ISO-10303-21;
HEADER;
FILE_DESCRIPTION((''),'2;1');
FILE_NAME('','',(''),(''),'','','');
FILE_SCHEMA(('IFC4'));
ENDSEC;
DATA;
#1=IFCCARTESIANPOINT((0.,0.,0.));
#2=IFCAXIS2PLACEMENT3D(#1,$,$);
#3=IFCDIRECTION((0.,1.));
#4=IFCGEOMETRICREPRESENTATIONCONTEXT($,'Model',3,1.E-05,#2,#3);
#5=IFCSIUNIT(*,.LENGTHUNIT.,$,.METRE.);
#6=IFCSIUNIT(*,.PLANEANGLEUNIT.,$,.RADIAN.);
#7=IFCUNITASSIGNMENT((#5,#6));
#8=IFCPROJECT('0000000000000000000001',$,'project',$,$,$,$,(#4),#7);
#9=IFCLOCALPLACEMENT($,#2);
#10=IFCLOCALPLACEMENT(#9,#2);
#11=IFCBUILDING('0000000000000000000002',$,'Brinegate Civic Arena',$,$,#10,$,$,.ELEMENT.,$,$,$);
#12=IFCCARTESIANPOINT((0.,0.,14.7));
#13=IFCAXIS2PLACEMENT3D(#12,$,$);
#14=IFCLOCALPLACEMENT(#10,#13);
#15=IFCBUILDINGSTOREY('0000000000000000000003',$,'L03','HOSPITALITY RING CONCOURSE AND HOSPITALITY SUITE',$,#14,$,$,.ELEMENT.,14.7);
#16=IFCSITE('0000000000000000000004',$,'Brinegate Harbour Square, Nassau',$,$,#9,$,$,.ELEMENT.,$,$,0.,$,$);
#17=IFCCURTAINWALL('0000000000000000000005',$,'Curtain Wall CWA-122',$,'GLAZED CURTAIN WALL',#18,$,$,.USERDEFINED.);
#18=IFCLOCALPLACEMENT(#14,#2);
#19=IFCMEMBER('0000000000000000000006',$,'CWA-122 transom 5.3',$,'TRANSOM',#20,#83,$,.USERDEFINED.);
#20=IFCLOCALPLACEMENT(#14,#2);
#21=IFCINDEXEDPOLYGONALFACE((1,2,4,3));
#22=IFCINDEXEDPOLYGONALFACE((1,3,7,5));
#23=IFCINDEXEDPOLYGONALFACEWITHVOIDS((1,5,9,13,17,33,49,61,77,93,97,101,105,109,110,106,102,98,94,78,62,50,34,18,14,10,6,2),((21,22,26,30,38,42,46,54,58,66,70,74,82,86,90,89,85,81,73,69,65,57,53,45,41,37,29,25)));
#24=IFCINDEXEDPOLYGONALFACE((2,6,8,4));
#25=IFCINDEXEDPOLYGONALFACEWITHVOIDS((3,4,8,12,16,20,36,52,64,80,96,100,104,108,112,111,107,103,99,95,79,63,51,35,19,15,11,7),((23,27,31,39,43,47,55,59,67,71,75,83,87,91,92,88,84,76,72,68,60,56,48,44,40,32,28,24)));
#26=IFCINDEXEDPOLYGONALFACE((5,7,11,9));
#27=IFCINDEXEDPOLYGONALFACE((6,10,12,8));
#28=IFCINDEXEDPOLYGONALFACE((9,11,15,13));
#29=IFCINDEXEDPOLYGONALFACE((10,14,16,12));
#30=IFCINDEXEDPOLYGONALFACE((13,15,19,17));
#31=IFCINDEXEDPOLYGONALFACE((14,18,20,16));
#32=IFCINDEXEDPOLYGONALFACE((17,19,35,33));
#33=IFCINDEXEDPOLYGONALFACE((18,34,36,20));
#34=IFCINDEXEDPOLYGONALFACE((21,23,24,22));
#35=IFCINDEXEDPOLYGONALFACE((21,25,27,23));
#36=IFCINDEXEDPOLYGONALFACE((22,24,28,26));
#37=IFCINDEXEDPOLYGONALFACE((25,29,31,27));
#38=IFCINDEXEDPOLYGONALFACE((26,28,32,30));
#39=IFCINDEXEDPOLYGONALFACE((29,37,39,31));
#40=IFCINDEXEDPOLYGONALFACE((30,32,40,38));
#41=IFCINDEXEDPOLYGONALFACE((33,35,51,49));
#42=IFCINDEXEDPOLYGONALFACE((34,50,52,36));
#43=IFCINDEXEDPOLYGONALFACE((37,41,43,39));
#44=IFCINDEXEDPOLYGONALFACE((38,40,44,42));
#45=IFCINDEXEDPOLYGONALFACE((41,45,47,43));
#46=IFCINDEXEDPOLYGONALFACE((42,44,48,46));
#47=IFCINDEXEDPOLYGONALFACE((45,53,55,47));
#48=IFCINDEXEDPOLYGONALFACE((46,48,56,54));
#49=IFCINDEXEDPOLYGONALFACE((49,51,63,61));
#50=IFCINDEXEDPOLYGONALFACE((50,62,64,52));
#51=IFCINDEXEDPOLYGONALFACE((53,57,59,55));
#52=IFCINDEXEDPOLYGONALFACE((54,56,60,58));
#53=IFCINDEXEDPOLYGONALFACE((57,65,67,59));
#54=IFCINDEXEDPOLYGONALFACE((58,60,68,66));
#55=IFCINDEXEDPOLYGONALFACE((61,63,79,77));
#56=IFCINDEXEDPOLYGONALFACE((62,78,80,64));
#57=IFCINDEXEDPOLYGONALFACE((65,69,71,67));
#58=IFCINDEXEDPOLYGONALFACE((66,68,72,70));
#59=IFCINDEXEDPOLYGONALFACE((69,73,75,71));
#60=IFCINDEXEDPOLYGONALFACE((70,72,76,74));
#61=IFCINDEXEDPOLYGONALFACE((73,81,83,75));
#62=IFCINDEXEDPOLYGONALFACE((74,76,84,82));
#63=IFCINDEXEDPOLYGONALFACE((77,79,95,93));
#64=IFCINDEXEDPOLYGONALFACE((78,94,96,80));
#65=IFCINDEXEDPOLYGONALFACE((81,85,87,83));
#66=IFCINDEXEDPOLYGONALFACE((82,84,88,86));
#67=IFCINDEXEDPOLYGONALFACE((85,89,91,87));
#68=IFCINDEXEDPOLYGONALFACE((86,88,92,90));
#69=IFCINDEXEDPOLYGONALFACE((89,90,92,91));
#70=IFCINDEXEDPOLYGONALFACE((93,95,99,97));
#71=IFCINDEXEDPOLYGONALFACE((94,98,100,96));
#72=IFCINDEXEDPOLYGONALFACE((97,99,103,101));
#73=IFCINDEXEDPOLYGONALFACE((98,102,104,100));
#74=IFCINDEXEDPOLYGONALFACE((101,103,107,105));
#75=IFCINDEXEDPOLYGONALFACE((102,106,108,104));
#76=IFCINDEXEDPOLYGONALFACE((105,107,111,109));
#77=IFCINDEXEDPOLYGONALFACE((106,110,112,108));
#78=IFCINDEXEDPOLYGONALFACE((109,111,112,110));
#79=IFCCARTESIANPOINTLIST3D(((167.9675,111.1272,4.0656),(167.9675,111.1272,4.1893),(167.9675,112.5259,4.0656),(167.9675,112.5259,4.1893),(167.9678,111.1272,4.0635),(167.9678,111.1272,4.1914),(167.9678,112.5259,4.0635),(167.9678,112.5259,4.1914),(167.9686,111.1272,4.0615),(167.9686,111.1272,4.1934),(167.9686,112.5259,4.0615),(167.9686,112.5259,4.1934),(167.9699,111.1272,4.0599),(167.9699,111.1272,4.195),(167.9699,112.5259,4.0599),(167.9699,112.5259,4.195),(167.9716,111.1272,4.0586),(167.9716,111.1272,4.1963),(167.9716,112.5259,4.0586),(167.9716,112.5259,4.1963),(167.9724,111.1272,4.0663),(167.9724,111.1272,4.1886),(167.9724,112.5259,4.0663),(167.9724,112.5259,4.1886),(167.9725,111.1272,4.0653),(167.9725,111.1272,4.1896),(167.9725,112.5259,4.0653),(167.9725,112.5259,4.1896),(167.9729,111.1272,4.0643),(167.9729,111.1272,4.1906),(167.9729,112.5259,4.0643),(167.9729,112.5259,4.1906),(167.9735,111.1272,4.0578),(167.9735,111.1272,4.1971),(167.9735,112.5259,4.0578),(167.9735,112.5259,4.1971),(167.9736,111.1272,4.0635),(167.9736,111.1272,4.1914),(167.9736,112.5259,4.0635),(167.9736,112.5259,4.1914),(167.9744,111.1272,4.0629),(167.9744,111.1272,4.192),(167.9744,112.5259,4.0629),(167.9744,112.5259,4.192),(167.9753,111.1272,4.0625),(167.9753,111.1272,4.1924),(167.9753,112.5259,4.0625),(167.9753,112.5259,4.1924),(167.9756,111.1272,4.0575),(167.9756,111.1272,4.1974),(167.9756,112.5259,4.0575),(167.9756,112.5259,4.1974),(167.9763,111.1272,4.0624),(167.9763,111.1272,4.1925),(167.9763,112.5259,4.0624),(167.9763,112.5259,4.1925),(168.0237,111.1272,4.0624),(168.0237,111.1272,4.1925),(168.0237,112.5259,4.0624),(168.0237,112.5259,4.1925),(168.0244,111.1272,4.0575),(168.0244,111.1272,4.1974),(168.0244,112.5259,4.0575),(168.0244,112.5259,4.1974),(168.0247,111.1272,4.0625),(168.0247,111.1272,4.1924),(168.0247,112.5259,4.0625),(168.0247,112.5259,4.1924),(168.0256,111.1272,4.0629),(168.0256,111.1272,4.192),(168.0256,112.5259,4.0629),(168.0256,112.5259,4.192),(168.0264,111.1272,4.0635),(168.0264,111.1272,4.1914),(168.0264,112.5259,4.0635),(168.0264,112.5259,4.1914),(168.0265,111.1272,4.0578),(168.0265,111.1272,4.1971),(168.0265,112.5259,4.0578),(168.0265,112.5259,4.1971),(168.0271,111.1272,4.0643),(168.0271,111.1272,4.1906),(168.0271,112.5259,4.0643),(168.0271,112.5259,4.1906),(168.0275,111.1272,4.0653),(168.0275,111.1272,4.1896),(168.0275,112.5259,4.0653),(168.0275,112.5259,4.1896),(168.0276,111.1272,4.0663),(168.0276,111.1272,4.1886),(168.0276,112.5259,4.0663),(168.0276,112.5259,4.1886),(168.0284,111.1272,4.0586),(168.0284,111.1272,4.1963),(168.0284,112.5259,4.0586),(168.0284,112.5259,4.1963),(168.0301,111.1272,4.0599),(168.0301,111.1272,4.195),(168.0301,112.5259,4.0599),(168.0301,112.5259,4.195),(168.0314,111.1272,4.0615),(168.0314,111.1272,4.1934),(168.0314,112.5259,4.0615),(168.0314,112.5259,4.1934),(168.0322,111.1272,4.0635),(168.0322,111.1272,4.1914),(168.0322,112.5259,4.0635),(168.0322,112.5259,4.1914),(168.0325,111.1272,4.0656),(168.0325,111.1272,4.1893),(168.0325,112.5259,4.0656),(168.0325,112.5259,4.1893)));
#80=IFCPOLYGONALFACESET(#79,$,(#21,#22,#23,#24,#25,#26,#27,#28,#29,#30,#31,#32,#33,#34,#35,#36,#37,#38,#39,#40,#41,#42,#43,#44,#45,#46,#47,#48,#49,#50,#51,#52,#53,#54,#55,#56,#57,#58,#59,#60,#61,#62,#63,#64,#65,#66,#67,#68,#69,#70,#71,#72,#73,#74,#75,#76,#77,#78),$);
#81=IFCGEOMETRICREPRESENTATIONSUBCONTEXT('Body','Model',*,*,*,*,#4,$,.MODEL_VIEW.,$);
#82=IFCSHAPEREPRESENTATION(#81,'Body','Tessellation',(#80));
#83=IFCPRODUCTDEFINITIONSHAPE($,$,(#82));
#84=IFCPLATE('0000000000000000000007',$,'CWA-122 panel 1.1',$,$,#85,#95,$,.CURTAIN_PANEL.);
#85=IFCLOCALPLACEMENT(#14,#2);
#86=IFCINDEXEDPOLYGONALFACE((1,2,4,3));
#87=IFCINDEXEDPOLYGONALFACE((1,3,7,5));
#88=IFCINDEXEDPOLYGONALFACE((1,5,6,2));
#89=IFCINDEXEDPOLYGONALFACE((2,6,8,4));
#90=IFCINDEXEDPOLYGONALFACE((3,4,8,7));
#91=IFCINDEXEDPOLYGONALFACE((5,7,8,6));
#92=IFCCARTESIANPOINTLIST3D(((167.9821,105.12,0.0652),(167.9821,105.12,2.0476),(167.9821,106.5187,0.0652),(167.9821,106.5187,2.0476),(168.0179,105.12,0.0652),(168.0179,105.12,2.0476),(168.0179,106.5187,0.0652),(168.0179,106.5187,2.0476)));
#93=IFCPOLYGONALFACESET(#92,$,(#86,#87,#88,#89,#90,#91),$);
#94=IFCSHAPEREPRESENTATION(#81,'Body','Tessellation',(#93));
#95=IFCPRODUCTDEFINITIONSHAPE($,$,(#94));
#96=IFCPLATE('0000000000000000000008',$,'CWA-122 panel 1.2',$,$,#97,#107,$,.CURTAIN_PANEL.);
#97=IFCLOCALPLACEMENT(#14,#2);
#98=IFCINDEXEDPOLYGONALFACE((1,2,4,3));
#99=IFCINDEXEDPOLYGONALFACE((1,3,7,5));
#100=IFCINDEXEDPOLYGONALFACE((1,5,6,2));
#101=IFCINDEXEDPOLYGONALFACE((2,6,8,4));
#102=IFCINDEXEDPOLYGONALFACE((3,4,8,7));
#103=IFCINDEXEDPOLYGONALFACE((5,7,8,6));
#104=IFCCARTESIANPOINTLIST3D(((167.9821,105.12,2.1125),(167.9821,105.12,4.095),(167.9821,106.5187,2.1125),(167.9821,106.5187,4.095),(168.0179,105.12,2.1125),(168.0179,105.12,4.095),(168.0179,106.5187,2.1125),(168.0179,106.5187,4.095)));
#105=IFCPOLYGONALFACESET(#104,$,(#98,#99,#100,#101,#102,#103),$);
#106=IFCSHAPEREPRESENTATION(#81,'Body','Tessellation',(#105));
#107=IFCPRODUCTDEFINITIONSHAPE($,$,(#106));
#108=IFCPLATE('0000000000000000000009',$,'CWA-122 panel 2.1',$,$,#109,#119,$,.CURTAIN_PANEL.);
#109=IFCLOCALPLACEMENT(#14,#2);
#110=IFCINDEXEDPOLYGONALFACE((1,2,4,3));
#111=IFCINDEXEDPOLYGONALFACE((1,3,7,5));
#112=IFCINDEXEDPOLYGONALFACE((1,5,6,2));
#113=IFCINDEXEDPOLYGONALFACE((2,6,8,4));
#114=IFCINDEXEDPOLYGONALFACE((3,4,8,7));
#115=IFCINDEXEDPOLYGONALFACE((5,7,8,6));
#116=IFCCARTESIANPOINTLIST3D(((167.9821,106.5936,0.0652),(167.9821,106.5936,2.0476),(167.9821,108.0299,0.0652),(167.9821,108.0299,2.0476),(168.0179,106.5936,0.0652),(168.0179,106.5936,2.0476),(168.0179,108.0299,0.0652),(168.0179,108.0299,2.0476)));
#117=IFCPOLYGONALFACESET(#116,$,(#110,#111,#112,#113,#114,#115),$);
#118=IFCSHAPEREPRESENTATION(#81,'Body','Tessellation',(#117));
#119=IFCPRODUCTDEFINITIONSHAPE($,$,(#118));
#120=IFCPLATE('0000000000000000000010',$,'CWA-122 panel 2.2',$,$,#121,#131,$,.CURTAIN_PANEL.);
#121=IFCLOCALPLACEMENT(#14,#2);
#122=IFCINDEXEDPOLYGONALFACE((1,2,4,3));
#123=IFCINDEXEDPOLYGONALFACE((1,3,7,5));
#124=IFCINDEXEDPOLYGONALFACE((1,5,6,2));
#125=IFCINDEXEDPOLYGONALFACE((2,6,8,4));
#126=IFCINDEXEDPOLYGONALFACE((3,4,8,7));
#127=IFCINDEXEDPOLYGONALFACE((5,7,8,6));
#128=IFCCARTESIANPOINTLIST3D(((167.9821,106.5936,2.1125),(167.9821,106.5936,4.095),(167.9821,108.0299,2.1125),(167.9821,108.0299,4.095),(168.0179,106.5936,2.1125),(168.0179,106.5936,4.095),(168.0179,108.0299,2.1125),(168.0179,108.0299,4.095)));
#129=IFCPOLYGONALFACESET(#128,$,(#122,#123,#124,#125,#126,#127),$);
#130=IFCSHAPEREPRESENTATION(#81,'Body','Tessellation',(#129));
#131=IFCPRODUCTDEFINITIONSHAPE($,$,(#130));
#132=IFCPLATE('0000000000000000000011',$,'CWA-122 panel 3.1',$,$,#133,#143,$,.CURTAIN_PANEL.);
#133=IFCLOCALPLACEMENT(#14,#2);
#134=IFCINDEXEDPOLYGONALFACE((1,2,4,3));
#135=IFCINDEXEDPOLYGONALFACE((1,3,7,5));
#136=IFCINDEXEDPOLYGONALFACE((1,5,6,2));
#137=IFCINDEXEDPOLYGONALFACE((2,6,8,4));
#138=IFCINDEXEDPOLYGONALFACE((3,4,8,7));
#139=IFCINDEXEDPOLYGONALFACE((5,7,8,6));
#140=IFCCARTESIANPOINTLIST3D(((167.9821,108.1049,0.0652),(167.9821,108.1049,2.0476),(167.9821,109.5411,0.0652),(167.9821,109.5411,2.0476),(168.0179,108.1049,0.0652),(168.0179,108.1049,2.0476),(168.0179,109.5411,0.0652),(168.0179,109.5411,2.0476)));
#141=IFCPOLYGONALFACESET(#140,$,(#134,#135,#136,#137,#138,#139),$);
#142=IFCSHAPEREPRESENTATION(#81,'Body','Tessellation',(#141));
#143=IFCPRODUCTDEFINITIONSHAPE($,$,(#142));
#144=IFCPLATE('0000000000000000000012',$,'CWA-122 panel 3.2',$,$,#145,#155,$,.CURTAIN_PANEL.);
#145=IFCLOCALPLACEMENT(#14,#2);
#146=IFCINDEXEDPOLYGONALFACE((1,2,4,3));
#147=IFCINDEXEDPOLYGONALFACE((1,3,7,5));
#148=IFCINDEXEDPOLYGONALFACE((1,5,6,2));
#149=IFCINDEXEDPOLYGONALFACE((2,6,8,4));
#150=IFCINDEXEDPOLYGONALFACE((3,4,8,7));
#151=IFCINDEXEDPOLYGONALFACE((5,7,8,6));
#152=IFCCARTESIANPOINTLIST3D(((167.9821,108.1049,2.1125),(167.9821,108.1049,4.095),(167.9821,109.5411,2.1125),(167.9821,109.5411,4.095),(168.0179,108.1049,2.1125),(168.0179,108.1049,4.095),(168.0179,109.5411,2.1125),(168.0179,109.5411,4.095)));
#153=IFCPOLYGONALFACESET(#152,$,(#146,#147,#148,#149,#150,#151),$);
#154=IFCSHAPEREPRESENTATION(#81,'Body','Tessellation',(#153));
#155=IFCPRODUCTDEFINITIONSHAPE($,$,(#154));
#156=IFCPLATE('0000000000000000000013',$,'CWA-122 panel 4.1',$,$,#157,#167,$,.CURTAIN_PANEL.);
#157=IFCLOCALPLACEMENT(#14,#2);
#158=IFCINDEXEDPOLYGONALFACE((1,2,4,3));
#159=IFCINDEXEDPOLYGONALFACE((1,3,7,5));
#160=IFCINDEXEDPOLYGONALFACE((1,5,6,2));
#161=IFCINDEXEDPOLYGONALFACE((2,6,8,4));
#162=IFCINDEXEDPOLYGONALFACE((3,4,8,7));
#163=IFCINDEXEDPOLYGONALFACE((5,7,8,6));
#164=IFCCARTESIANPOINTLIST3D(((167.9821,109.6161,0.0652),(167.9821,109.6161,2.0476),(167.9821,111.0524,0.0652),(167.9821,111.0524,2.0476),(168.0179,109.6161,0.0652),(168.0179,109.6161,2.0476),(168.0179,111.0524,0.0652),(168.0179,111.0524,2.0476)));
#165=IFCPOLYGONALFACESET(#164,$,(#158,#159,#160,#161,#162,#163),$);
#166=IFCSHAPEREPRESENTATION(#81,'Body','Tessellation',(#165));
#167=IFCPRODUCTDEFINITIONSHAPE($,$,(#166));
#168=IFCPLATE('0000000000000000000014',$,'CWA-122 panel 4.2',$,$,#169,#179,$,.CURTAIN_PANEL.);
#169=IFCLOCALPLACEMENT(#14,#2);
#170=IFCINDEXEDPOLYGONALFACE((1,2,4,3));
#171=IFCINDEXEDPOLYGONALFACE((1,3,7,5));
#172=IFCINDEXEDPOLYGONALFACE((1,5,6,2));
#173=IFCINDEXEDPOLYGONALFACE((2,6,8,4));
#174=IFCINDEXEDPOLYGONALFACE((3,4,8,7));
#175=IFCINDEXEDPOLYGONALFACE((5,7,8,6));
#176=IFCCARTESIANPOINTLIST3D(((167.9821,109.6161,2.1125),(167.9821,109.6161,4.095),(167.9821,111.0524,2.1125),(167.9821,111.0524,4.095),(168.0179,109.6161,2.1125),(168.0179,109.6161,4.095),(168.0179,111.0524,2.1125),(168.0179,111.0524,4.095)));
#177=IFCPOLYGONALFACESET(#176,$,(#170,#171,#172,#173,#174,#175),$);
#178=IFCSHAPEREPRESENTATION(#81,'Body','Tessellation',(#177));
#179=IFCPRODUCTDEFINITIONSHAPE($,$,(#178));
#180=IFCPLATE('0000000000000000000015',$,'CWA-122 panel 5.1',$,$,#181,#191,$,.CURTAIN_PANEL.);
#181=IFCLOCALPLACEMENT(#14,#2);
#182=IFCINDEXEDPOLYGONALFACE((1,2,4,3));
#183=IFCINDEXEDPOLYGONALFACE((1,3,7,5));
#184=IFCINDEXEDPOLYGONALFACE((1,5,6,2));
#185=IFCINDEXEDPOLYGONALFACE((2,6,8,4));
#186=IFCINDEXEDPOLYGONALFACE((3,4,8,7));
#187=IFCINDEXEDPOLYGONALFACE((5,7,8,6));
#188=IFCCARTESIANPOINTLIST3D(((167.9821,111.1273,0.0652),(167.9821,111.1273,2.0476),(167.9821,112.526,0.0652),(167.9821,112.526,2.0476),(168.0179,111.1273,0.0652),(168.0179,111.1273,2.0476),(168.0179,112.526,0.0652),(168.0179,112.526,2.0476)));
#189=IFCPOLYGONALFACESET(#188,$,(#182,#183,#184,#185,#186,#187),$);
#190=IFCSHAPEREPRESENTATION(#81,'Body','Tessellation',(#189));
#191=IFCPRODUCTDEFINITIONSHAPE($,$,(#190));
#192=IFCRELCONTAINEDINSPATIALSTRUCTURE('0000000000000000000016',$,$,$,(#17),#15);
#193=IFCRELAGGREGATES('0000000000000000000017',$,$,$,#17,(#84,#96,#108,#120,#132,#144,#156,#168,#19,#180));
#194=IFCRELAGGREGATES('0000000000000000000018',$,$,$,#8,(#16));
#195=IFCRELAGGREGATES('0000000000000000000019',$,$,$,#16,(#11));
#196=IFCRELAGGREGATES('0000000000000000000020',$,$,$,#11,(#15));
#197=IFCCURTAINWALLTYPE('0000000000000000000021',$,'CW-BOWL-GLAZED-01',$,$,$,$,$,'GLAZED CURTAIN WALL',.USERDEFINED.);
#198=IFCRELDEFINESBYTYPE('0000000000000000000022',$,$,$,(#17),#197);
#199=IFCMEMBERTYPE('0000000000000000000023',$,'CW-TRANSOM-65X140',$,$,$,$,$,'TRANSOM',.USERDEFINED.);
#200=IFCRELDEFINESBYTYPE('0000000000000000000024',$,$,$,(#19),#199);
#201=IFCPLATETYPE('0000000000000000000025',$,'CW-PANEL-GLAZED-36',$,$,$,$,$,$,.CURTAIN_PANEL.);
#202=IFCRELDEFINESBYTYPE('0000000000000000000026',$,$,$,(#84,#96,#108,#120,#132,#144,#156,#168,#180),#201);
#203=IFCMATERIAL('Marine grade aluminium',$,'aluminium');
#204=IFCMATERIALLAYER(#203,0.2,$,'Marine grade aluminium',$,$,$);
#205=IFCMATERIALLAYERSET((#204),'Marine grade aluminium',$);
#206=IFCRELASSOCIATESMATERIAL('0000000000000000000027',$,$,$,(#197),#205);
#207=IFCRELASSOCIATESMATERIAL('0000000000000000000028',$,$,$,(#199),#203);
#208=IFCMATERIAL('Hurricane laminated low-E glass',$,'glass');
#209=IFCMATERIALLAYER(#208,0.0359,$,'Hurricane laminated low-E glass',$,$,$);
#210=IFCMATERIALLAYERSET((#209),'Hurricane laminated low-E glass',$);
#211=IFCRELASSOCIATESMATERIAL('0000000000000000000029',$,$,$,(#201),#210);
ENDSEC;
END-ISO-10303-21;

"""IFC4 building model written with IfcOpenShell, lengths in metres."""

from ifc_helpers import new_model, si_unit, direction, frame, origin, origin_2d, place, context, subcontext, project, spatial, rectangle, hollow_rectangle, extrude, material, layer, layer_set, material_profile, profile_set, type_object, element, aggregate, save


model = new_model("IFC4")

# Units and contexts
model_context = context("Model", 3, precision=1e-05, world=origin(), true_north=direction((0.0, 1.0)))
body_context = subcontext(model_context, "Body", "Model", "MODEL_VIEW")
ifc_project = project(units=[si_unit("LENGTHUNIT", "METRE"), si_unit("PLANEANGLEUNIT", "RADIAN")], contexts=[model_context])

# Site, building, storey
site_placement = place(None, origin())
site = spatial("IfcSite", under=ifc_project, at=site_placement, Name="Brinegate Harbour Square, Nassau", CompositionType="ELEMENT", RefElevation=0.0)
building_placement = place(site_placement, origin())
building = spatial("IfcBuilding", under=site, at=building_placement, Name="Brinegate Civic Arena", CompositionType="ELEMENT")
storey_placement = place(building_placement, frame((0.0, 0.0, 14.7)))
storey = spatial("IfcBuildingStorey", under=building, at=storey_placement, Name="L03", Description="HOSPITALITY RING CONCOURSE AND HOSPITALITY SUITE", CompositionType="ELEMENT", Elevation=14.7)

# Curtain wall, member, plates
ifc_material_1 = material(Name="Marine grade aluminium", Category="aluminium")
ifc_layer_1 = layer(ifc_material_1, 0.2, Name="Marine grade aluminium")
ifc_layer_set_1 = layer_set([ifc_layer_1], Name="Marine grade aluminium")
curtain_wall_type = type_object("IfcCurtainWallType", Name="CW-BOWL-GLAZED-01", ElementType="GLAZED CURTAIN WALL", PredefinedType="USERDEFINED", material=ifc_layer_set_1)
curtain_wall_placement = place(storey_placement, origin())
curtain_wall = element("IfcCurtainWall", 1, at=curtain_wall_placement, inside=storey, type_object=curtain_wall_type, Name="Curtain Wall CWA-122", ObjectType="GLAZED CURTAIN WALL", PredefinedType="USERDEFINED")
ifc_material_profile_1 = material_profile(ifc_material_1, hollow_rectangle(XDim=0.0649, YDim=0.1399, WallThickness=0.0049, InnerFilletRadius=0.0039, OuterFilletRadius=0.0081, at=origin_2d()), Name="TRN65X140")
ifc_profile_set_1 = profile_set([ifc_material_profile_1], Name="Marine grade aluminium")
member_type_1 = type_object("IfcMemberType", Name="CW-TRANSOM-65X140", ElementType="TRANSOM", PredefinedType="USERDEFINED", material=ifc_profile_set_1)
member_1_placement = place(storey_placement, frame((168.0, 111.1272, 4.1274), z_axis=(0.0, 1.0, 0.0), x_axis=(-1.0, 0.0, 0.0)))
member_1 = element("IfcMember", 2, at=member_1_placement, type_object=member_type_1, Name="CWA-122 transom 5.3", ObjectType="TRANSOM", PredefinedType="USERDEFINED", context=body_context, shape_type="SweptSolid", body=[
    extrude(hollow_rectangle(XDim=0.0649, YDim=0.1399, WallThickness=0.0049, InnerFilletRadius=0.0039, OuterFilletRadius=0.0081, at=origin_2d()), origin(), (0.0, 0.0, 1.0), 1.3987),
])
ifc_material_2 = material(Name="Hurricane laminated low-E glass", Category="glass")
ifc_layer_2 = layer(ifc_material_2, 0.0359, Name="Hurricane laminated low-E glass")
ifc_layer_set_2 = layer_set([ifc_layer_2], Name="Hurricane laminated low-E glass")
plate_type = type_object("IfcPlateType", Name="CW-PANEL-GLAZED-36", PredefinedType="CURTAIN_PANEL", material=ifc_layer_set_2)
plate_1_placement = place(storey_placement, frame((168.0, 105.8193, 0.0652), z_axis=(0.0, 0.0, 1.0), x_axis=(0.0, 1.0, 0.0)))
plate_1 = element("IfcPlate", 3, at=plate_1_placement, type_object=plate_type, Name="CWA-122 panel 1.1", PredefinedType="CURTAIN_PANEL", context=body_context, shape_type="SweptSolid", body=[
    extrude(rectangle(XDim=1.3987, YDim=0.0359, at=origin_2d()), origin(), (0.0, 0.0, 1.0), 1.9824),
])
plate_2_placement = place(storey_placement, frame((168.0, 105.8193, 2.1125), z_axis=(0.0, 0.0, 1.0), x_axis=(0.0, 1.0, 0.0)))
plate_2 = element("IfcPlate", 4, at=plate_2_placement, type_object=plate_type, Name="CWA-122 panel 1.2", PredefinedType="CURTAIN_PANEL", context=body_context, shape_type="SweptSolid", body=[
    extrude(rectangle(XDim=1.3987, YDim=0.0359, at=origin_2d()), origin(), (0.0, 0.0, 1.0), 1.9824),
])
plate_3_placement = place(storey_placement, frame((168.0, 107.3118, 0.0652), z_axis=(0.0, 0.0, 1.0), x_axis=(0.0, 1.0, 0.0)))
plate_3 = element("IfcPlate", 5, at=plate_3_placement, type_object=plate_type, Name="CWA-122 panel 2.1", PredefinedType="CURTAIN_PANEL", context=body_context, shape_type="SweptSolid", body=[
    extrude(rectangle(XDim=1.4363, YDim=0.0359, at=origin_2d()), origin(), (0.0, 0.0, 1.0), 1.9824),
])
plate_4_placement = place(storey_placement, frame((168.0, 107.3118, 2.1125), z_axis=(0.0, 0.0, 1.0), x_axis=(0.0, 1.0, 0.0)))
plate_4 = element("IfcPlate", 6, at=plate_4_placement, type_object=plate_type, Name="CWA-122 panel 2.2", PredefinedType="CURTAIN_PANEL", context=body_context, shape_type="SweptSolid", body=[
    extrude(rectangle(XDim=1.4363, YDim=0.0359, at=origin_2d()), origin(), (0.0, 0.0, 1.0), 1.9824),
])
plate_5_placement = place(storey_placement, frame((168.0, 108.823, 0.0652), z_axis=(0.0, 0.0, 1.0), x_axis=(0.0, 1.0, 0.0)))
plate_5 = element("IfcPlate", 7, at=plate_5_placement, type_object=plate_type, Name="CWA-122 panel 3.1", PredefinedType="CURTAIN_PANEL", context=body_context, shape_type="SweptSolid", body=[
    extrude(rectangle(XDim=1.4363, YDim=0.0359, at=origin_2d()), origin(), (0.0, 0.0, 1.0), 1.9824),
])
plate_6_placement = place(storey_placement, frame((168.0, 108.823, 2.1125), z_axis=(0.0, 0.0, 1.0), x_axis=(0.0, 1.0, 0.0)))
plate_6 = element("IfcPlate", 8, at=plate_6_placement, type_object=plate_type, Name="CWA-122 panel 3.2", PredefinedType="CURTAIN_PANEL", context=body_context, shape_type="SweptSolid", body=[
    extrude(rectangle(XDim=1.4363, YDim=0.0359, at=origin_2d()), origin(), (0.0, 0.0, 1.0), 1.9824),
])
plate_7_placement = place(storey_placement, frame((168.0, 110.3342, 0.0652), z_axis=(0.0, 0.0, 1.0), x_axis=(0.0, 1.0, 0.0)))
plate_7 = element("IfcPlate", 9, at=plate_7_placement, type_object=plate_type, Name="CWA-122 panel 4.1", PredefinedType="CURTAIN_PANEL", context=body_context, shape_type="SweptSolid", body=[
    extrude(rectangle(XDim=1.4363, YDim=0.0359, at=origin_2d()), origin(), (0.0, 0.0, 1.0), 1.9824),
])
plate_8_placement = place(storey_placement, frame((168.0, 110.3342, 2.1125), z_axis=(0.0, 0.0, 1.0), x_axis=(0.0, 1.0, 0.0)))
plate_8 = element("IfcPlate", 10, at=plate_8_placement, type_object=plate_type, Name="CWA-122 panel 4.2", PredefinedType="CURTAIN_PANEL", context=body_context, shape_type="SweptSolid", body=[
    extrude(rectangle(XDim=1.4363, YDim=0.0359, at=origin_2d()), origin(), (0.0, 0.0, 1.0), 1.9824),
])
plate_9_placement = place(storey_placement, frame((168.0, 111.8267, 0.0652), z_axis=(0.0, 0.0, 1.0), x_axis=(0.0, 1.0, 0.0)))
plate_9 = element("IfcPlate", 11, at=plate_9_placement, type_object=plate_type, Name="CWA-122 panel 5.1", PredefinedType="CURTAIN_PANEL", context=body_context, shape_type="SweptSolid", body=[
    extrude(rectangle(XDim=1.3987, YDim=0.0359, at=origin_2d()), origin(), (0.0, 0.0, 1.0), 1.9824),
])
aggregate(curtain_wall, [plate_1, plate_2, plate_3, plate_4, plate_5, plate_6, plate_7, plate_8, member_1, plate_9])

save(model, "model.ifc")
